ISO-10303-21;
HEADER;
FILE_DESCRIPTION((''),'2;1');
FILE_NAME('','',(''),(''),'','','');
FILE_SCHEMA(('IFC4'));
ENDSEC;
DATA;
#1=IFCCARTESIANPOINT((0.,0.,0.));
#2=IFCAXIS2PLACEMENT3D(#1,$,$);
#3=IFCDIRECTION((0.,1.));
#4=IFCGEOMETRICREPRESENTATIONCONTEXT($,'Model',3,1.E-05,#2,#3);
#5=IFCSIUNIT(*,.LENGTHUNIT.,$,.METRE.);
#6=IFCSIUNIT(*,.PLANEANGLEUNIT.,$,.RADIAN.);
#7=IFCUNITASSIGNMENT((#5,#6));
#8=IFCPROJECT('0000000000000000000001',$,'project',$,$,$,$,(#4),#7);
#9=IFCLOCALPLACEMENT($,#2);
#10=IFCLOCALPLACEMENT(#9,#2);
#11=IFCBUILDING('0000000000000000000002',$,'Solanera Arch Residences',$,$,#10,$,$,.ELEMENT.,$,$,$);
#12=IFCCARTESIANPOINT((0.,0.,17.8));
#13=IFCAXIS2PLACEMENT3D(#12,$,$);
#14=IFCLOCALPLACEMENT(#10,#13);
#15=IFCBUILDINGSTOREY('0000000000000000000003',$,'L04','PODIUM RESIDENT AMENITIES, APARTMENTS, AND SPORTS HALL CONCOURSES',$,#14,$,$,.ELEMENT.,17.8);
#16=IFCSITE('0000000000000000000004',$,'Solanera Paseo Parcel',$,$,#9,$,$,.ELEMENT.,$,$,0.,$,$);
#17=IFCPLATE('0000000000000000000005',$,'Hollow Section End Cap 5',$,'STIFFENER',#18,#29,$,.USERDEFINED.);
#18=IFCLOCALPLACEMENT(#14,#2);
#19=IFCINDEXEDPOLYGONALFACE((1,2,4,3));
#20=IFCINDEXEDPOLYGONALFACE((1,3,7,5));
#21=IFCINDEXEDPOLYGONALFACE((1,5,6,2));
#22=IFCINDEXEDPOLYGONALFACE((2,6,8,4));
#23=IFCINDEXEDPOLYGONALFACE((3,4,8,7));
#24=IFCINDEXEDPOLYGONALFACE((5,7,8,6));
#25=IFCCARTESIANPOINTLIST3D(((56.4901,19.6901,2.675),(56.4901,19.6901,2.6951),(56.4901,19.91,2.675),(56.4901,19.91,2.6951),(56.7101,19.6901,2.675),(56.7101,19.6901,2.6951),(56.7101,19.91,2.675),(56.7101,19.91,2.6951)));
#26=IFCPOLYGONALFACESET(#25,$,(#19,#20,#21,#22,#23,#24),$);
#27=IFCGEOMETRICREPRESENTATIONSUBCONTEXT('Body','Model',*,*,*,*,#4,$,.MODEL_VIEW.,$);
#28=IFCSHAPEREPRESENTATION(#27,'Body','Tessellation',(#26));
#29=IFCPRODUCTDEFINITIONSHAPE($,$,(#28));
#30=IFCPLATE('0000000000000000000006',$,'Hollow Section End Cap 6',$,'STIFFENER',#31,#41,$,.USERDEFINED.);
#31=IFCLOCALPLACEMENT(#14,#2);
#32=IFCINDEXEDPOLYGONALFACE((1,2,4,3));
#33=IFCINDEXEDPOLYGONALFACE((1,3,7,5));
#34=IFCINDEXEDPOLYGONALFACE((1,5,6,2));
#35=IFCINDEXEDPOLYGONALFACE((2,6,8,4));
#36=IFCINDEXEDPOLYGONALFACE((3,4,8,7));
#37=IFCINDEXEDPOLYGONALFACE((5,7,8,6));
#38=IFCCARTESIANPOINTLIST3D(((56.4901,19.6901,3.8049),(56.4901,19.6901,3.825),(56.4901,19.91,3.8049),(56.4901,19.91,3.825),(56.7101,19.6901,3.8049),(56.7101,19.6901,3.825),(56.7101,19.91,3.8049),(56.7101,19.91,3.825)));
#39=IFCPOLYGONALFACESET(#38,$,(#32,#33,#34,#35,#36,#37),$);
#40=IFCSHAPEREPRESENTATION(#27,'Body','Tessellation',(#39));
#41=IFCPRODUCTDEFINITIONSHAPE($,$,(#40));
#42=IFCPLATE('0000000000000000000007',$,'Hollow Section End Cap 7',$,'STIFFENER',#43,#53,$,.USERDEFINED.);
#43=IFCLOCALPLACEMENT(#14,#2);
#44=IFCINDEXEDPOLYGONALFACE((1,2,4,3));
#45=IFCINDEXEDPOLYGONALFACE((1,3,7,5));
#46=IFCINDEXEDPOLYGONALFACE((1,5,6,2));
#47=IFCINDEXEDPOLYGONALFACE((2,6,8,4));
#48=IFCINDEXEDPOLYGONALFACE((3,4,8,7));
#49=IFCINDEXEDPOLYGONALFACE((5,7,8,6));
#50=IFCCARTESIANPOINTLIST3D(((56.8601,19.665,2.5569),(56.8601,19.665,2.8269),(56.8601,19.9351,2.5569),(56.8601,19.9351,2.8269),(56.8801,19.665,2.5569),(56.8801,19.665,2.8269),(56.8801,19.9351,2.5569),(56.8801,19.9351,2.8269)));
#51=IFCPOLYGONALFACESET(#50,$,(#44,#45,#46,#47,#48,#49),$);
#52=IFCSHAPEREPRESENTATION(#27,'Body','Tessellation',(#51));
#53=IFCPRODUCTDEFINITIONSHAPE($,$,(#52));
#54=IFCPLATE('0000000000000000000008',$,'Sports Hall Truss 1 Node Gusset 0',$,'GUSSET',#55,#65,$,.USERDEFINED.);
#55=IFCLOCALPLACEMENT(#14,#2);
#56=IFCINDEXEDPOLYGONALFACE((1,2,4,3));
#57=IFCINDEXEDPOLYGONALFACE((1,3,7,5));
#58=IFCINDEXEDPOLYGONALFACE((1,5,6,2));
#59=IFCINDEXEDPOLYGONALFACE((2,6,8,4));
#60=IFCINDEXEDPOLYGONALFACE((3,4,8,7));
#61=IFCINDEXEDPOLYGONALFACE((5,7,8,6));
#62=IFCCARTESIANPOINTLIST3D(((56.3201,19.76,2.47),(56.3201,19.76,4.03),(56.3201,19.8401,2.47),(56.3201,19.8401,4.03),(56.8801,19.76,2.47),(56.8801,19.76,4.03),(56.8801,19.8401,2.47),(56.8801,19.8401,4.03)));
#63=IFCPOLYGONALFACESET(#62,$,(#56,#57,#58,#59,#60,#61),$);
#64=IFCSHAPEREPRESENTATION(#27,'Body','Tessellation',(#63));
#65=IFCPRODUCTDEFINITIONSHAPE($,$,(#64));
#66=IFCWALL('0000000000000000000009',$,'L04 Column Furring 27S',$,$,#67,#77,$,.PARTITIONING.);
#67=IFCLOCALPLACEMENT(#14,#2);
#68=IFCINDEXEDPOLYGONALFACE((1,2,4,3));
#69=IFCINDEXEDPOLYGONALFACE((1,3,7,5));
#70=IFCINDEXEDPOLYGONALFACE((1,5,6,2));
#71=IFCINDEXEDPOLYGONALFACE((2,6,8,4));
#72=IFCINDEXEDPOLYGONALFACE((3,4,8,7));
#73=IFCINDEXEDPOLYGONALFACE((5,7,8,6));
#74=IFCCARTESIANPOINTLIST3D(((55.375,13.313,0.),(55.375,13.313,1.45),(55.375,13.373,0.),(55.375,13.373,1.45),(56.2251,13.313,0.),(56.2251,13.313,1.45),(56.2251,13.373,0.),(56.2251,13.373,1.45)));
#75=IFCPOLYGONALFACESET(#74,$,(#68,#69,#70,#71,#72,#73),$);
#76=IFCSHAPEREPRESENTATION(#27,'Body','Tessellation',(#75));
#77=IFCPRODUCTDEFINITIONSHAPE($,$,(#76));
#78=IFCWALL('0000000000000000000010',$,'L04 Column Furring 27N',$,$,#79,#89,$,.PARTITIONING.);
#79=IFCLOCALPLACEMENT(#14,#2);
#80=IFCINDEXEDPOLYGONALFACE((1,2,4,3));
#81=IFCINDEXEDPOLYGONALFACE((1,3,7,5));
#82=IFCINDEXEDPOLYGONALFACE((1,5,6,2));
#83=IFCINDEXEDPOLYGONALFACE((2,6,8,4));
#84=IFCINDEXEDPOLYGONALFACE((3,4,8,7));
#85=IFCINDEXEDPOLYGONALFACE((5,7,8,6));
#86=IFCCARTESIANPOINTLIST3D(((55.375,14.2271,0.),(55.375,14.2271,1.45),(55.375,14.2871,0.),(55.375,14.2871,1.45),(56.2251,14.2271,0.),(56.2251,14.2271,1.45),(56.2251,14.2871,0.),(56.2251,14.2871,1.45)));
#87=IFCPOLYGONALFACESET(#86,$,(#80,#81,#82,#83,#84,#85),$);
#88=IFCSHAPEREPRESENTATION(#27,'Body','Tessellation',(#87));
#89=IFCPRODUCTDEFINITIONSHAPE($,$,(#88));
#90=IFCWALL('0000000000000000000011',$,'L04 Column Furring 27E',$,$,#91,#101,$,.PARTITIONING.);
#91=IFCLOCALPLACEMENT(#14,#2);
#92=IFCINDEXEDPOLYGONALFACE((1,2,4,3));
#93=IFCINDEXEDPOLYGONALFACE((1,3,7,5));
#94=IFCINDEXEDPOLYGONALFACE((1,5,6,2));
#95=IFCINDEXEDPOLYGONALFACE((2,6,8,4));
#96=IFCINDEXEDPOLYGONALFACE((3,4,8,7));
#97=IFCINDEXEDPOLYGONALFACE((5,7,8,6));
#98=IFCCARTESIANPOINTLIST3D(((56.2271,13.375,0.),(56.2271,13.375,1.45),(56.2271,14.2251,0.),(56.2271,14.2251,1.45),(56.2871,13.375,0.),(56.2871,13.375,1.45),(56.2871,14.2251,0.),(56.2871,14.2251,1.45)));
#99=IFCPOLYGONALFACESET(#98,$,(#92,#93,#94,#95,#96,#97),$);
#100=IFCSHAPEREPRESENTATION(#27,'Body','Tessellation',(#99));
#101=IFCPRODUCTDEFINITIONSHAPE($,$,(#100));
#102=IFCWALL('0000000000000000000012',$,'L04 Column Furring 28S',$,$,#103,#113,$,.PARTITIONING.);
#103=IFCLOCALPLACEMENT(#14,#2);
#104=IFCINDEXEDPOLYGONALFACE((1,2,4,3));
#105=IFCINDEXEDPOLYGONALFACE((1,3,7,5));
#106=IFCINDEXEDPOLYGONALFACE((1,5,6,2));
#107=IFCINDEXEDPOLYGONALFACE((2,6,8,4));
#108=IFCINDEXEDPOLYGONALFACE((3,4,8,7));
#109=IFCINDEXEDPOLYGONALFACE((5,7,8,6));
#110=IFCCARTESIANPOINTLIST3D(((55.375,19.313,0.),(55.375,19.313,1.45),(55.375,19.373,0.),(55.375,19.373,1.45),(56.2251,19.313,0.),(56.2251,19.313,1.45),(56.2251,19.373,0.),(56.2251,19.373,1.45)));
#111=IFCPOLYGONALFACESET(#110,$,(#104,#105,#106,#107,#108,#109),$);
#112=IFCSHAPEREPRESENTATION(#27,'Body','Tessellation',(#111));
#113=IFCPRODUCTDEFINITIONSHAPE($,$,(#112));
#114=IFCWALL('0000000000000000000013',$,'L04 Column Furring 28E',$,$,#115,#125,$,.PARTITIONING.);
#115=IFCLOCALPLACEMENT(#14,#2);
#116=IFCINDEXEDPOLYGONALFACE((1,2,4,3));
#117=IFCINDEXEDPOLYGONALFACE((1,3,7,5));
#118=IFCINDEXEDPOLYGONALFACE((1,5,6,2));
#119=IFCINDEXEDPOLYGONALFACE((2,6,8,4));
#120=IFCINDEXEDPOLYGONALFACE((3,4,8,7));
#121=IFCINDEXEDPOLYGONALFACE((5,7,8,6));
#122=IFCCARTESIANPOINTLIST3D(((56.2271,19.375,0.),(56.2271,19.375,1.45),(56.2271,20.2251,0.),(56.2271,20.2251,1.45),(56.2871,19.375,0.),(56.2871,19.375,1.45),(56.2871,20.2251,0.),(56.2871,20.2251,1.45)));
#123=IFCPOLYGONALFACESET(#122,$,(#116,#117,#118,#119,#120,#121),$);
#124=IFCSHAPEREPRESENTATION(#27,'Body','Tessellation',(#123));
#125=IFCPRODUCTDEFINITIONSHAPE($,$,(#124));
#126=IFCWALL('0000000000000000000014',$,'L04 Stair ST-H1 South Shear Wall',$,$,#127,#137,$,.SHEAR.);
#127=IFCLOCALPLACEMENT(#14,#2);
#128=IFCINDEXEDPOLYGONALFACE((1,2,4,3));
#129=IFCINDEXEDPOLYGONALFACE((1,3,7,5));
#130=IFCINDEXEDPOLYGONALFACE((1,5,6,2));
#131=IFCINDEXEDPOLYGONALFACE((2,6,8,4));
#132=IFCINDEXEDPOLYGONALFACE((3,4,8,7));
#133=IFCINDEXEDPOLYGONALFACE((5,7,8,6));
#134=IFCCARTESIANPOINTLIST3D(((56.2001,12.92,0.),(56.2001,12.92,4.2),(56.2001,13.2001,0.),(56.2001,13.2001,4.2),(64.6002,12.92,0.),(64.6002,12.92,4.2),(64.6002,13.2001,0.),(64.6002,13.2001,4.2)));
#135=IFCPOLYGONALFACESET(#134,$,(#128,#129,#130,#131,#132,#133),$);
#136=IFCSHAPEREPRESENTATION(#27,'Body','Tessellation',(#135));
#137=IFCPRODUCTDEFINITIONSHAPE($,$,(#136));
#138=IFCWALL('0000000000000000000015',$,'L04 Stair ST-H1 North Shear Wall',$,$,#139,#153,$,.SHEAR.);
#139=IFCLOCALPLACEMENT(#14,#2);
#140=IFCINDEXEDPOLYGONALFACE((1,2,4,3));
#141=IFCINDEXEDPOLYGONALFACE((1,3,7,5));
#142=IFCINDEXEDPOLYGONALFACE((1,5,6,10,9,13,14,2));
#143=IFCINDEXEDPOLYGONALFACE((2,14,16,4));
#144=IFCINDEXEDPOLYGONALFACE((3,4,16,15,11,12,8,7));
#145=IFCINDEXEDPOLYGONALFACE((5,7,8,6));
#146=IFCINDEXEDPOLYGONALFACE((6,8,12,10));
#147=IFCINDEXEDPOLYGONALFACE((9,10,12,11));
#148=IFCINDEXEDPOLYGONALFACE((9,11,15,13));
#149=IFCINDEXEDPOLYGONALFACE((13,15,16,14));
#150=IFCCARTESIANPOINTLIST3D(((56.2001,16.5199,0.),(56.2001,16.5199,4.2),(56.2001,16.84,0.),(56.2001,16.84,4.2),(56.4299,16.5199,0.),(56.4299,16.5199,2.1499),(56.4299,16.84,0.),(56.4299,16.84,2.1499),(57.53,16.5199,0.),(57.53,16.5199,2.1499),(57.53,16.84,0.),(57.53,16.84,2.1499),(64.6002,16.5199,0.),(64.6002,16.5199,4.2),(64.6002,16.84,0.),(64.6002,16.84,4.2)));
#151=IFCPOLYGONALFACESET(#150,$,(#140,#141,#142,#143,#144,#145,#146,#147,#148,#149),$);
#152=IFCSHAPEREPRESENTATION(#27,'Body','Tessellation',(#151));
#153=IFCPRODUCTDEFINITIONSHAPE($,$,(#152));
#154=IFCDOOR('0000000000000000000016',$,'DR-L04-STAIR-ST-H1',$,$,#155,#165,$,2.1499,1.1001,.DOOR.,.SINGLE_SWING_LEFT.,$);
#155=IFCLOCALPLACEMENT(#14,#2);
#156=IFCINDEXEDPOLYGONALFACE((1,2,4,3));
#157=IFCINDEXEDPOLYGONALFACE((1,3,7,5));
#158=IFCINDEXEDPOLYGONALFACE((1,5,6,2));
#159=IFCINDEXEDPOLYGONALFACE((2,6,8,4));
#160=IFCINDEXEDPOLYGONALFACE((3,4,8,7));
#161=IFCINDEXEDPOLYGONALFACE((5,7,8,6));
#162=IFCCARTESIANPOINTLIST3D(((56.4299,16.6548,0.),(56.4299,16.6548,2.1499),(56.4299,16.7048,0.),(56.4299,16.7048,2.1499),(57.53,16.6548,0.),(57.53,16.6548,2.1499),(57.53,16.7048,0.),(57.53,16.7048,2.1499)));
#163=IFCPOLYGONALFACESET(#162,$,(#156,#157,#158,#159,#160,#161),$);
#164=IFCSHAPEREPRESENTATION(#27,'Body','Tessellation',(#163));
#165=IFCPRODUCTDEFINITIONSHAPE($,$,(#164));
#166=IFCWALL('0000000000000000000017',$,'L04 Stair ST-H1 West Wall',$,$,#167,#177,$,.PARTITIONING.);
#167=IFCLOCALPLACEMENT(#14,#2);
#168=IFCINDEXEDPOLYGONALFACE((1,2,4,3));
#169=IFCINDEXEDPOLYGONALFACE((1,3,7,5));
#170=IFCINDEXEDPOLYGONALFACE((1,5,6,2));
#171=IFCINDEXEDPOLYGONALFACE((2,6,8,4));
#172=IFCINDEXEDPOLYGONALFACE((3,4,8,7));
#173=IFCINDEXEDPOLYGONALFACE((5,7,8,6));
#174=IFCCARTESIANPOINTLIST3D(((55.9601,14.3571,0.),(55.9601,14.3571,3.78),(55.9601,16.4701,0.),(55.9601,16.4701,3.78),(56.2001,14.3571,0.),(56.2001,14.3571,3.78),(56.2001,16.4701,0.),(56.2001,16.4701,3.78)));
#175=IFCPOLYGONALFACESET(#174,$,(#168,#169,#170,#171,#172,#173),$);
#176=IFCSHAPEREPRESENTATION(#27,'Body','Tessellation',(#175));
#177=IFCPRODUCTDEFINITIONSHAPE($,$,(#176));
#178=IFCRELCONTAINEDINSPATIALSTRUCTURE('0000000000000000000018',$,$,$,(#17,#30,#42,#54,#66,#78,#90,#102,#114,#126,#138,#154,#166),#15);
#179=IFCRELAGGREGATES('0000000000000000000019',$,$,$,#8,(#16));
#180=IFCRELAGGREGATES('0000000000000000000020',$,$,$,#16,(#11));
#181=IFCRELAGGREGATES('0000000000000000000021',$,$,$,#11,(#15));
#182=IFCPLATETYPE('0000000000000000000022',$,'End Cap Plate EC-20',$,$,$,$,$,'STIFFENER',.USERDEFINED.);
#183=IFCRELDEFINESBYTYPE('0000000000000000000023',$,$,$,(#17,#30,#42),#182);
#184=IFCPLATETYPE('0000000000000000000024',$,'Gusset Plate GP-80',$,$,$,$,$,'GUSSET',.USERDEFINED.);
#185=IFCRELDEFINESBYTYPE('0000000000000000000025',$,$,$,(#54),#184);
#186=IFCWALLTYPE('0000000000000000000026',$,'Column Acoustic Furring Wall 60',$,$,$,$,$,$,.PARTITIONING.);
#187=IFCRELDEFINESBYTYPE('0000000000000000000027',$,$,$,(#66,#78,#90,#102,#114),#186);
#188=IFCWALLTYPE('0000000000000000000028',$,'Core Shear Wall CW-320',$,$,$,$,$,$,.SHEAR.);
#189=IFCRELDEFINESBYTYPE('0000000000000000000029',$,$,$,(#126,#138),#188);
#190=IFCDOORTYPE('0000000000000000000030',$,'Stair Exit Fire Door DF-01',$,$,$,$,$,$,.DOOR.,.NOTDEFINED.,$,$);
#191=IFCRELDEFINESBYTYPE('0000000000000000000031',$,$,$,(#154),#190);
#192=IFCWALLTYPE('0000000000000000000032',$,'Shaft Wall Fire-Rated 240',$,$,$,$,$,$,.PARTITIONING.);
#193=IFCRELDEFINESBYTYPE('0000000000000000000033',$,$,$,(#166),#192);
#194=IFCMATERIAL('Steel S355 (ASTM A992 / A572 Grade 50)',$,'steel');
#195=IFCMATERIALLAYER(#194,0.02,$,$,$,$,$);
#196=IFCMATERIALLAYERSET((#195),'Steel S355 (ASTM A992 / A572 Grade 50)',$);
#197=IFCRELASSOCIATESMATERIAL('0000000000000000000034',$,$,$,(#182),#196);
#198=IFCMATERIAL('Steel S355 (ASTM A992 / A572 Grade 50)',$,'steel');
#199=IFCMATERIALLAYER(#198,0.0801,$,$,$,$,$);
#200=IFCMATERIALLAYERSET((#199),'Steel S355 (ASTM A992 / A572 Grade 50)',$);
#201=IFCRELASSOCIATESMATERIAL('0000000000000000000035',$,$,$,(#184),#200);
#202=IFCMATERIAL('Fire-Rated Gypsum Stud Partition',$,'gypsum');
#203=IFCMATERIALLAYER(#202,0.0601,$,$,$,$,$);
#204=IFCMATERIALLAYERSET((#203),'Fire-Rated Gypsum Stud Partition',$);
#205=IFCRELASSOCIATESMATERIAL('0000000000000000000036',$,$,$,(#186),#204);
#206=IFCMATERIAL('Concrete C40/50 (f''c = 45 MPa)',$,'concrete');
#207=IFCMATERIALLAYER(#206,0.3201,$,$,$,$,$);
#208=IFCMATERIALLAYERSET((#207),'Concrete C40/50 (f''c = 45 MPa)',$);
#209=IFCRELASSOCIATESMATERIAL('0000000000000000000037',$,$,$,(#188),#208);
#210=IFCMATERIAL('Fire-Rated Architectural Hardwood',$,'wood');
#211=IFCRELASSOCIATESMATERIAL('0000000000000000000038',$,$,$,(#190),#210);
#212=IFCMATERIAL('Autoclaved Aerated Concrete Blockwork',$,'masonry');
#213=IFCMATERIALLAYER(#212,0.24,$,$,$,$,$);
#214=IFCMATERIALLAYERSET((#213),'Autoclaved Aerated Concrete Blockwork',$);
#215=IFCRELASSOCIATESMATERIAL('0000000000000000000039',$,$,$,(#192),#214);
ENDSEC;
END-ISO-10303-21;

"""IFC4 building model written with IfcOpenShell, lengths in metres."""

from ifc_helpers import new_model, si_unit, direction, frame, frame_2d, origin, origin_2d, place, context, subcontext, project, spatial, rectangle, extrude, material, layer, layer_set, type_object, element, fill, save


model = new_model("IFC4")

# Units and contexts
model_context = context("Model", 3, precision=1e-05, world=origin(), true_north=direction((0.0, 1.0)))
body_context = subcontext(model_context, "Body", "Model", "MODEL_VIEW")
ifc_project = project(units=[si_unit("LENGTHUNIT", "METRE"), si_unit("PLANEANGLEUNIT", "RADIAN")], contexts=[model_context])

# Site, building, storey
site_placement = place(None, origin())
site = spatial("IfcSite", under=ifc_project, at=site_placement, Name="Solanera Paseo Parcel", CompositionType="ELEMENT", RefElevation=0.0)
building_placement = place(site_placement, origin())
building = spatial("IfcBuilding", under=site, at=building_placement, Name="Solanera Arch Residences", CompositionType="ELEMENT")
storey_placement = place(building_placement, frame((0.0, 0.0, 17.8)))
storey = spatial("IfcBuildingStorey", under=building, at=storey_placement, Name="L04", Description="PODIUM RESIDENT AMENITIES, APARTMENTS, AND SPORTS HALL CONCOURSES", CompositionType="ELEMENT", Elevation=17.8)

# Plates
ifc_material_1 = material(Name="Steel S355 (ASTM A992 / A572 Grade 50)", Category="steel")
ifc_layer_1 = layer(ifc_material_1, 0.02)
ifc_layer_set_1 = layer_set([ifc_layer_1], Name="Steel S355 (ASTM A992 / A572 Grade 50)")
plate_type_1 = type_object("IfcPlateType", Name="End Cap Plate EC-20", ElementType="STIFFENER", PredefinedType="USERDEFINED", material=ifc_layer_set_1)
for number, where, z_axis, x_axis, name in (
    (1, (56.6001, 19.8, 2.675), (0.0, 0.0, 1.0), (1.0, 0.0, 0.0), "Hollow Section End Cap 5"),
    (2, (56.6001, 19.8, 3.8049), (0.0, 0.0, 1.0), (1.0, 0.0, 0.0), "Hollow Section End Cap 6"),
):
    element("IfcPlate", number, at=place(storey_placement, frame(where, z_axis=z_axis, x_axis=x_axis)), inside=storey, type_object=plate_type_1, Name=name, ObjectType="STIFFENER", PredefinedType="USERDEFINED", context=body_context, shape_type="SweptSolid", body=[
        extrude(rectangle(XDim=0.22, YDim=0.22, at=origin_2d()), origin(), (0.0, 0.0, 1.0), 0.02),
    ])
plate_1_placement = place(storey_placement, frame((56.8701, 19.8, 2.5569), z_axis=(0.0, 0.0, 1.0), x_axis=(-1.0, 0.0, 0.0)))
element("IfcPlate", 3, at=plate_1_placement, inside=storey, type_object=plate_type_1, Name="Hollow Section End Cap 7", ObjectType="STIFFENER", PredefinedType="USERDEFINED", context=body_context, shape_type="SweptSolid", body=[
    extrude(rectangle(XDim=0.02, YDim=0.27, at=origin_2d()), origin(), (0.0, 0.0, 1.0), 0.27),
])
ifc_material_2 = material(Name="Steel S355 (ASTM A992 / A572 Grade 50)", Category="steel")
ifc_layer_2 = layer(ifc_material_2, 0.0801)
ifc_layer_set_2 = layer_set([ifc_layer_2], Name="Steel S355 (ASTM A992 / A572 Grade 50)")
plate_type_2 = type_object("IfcPlateType", Name="Gusset Plate GP-80", ElementType="GUSSET", PredefinedType="USERDEFINED", material=ifc_layer_set_2)
plate_2_placement = place(storey_placement, frame((56.6001, 19.8, 2.47), z_axis=(0.0, 0.0, 1.0), x_axis=(1.0, 0.0, 0.0)))
element("IfcPlate", 4, at=plate_2_placement, inside=storey, type_object=plate_type_2, Name="Sports Hall Truss 1 Node Gusset 0", ObjectType="GUSSET", PredefinedType="USERDEFINED", context=body_context, shape_type="SweptSolid", body=[
    extrude(rectangle(XDim=0.5601, YDim=0.0801, at=origin_2d()), origin(), (0.0, 0.0, 1.0), 1.5601),
])

# Walls
ifc_material_3 = material(Name="Fire-Rated Gypsum Stud Partition", Category="gypsum")
ifc_layer_3 = layer(ifc_material_3, 0.0601)
ifc_layer_set_3 = layer_set([ifc_layer_3], Name="Fire-Rated Gypsum Stud Partition")
wall_type_1 = type_object("IfcWallType", Name="Column Acoustic Furring Wall 60", PredefinedType="PARTITIONING", material=ifc_layer_set_3)
for number, where, z_axis, x_axis, name in (
    (5, (55.375, 13.343, 0.0), (0.0, 0.0, 1.0), (1.0, 0.0, 0.0), "L04 Column Furring 27S"),
    (6, (55.375, 14.2571, 0.0), (0.0, 0.0, 1.0), (1.0, 0.0, 0.0), "L04 Column Furring 27N"),
    (7, (56.2571, 13.375, 0.0), (0.0, 0.0, 1.0), (0.0, 1.0, 0.0), "L04 Column Furring 27E"),
    (8, (55.375, 19.343, 0.0), (0.0, 0.0, 1.0), (1.0, 0.0, 0.0), "L04 Column Furring 28S"),
    (9, (56.2571, 19.375, 0.0), (0.0, 0.0, 1.0), (0.0, 1.0, 0.0), "L04 Column Furring 28E"),
):
    element("IfcWall", number, at=place(storey_placement, frame(where, z_axis=z_axis, x_axis=x_axis)), inside=storey, type_object=wall_type_1, Name=name, PredefinedType="PARTITIONING", context=body_context, shape_type="SweptSolid", body=[
        extrude(rectangle(XDim=0.8501, YDim=0.0601, at=frame_2d((0.425, 0.0))), origin(), (0.0, 0.0, 1.0), 1.45),
    ])
ifc_material_4 = material(Name="Concrete C40/50 (f'c = 45 MPa)", Category="concrete")
ifc_layer_4 = layer(ifc_material_4, 0.3201)
ifc_layer_set_4 = layer_set([ifc_layer_4], Name="Concrete C40/50 (f'c = 45 MPa)")
wall_type_2 = type_object("IfcWallType", Name="Core Shear Wall CW-320", PredefinedType="SHEAR", material=ifc_layer_set_4)
wall_1_placement = place(storey_placement, frame((56.2, 13.0601, 0.0), z_axis=(0.0, 0.0, 1.0), x_axis=(1.0, 0.0, 0.0)))
element("IfcWall", 10, at=wall_1_placement, inside=storey, type_object=wall_type_2, Name="L04 Stair ST-H1 South Shear Wall", PredefinedType="SHEAR", context=body_context, shape_type="SweptSolid", body=[
    extrude(rectangle(XDim=8.4001, YDim=0.28, at=frame_2d((4.2002, 0.0))), origin(), (0.0, 0.0, 1.0), 4.2),
])

# Wall, opening, door
wall_2_placement = place(storey_placement, frame((56.2, 16.6799, 0.0), z_axis=(0.0, 0.0, 1.0), x_axis=(1.0, 0.0, 0.0)))
wall_2 = element("IfcWall", 11, at=wall_2_placement, inside=storey, type_object=wall_type_2, Name="L04 Stair ST-H1 North Shear Wall", PredefinedType="SHEAR", context=body_context, shape_type="SweptSolid", body=[
    extrude(rectangle(XDim=8.4001, YDim=0.3201, at=frame_2d((4.2002, 0.0))), origin(), (0.0, 0.0, 1.0), 4.2),
])
opening_placement = place(wall_2_placement, frame((0.23, 0.0, 0.0)))
opening = element("IfcOpeningElement", 12, at=opening_placement, cuts=wall_2, PredefinedType="OPENING", context=body_context, shape_type="SweptSolid", body=[
    extrude(rectangle(XDim=1.1001, YDim=2.1499, at=frame_2d((0.55, 1.075))), frame((0.0, 0.1699, 0.0), z_axis=(0.0, -1.0, 0.0), x_axis=(1.0, 0.0, 0.0)), (0.0, 0.0, 1.0), 0.3401),
])
ifc_material_5 = material(Name="Fire-Rated Architectural Hardwood", Category="wood")
door_type = type_object("IfcDoorType", Name="Stair Exit Fire Door DF-01", OperationType="NOTDEFINED", PredefinedType="DOOR", material=ifc_material_5)
door_placement = place(opening_placement, origin())
door = element("IfcDoor", 13, at=door_placement, inside=storey, type_object=door_type, Name="DR-L04-STAIR-ST-H1", OperationType="SINGLE_SWING_LEFT", OverallHeight=2.1499, OverallWidth=1.1001, PredefinedType="DOOR", context=body_context, shape_type="SweptSolid", body=[
    extrude(rectangle(XDim=1.1001, YDim=2.1499, at=frame_2d((0.55, 1.075))), frame((0.0, 0.0249, 0.0), z_axis=(0.0, -1.0, 0.0), x_axis=(1.0, 0.0, 0.0)), (0.0, 0.0, 1.0), 0.05),
])
fill(opening, door)

# Wall
ifc_material_6 = material(Name="Autoclaved Aerated Concrete Blockwork", Category="masonry")
ifc_layer_5 = layer(ifc_material_6, 0.24)
ifc_layer_set_5 = layer_set([ifc_layer_5], Name="Autoclaved Aerated Concrete Blockwork")
wall_type_3 = type_object("IfcWallType", Name="Shaft Wall Fire-Rated 240", PredefinedType="PARTITIONING", material=ifc_layer_set_5)
wall_3_placement = place(storey_placement, frame((56.0801, 14.3569, 0.0), z_axis=(0.0, 0.0, 1.0), x_axis=(0.0, 1.0, 0.0)))
element("IfcWall", 14, at=wall_3_placement, inside=storey, type_object=wall_type_3, Name="L04 Stair ST-H1 West Wall", PredefinedType="PARTITIONING", context=body_context, shape_type="SweptSolid", body=[
    extrude(rectangle(XDim=2.113, YDim=0.24, at=frame_2d((1.0566, 0.0))), origin(), (0.0, 0.0, 1.0), 3.78),
])

save(model, "model.ifc")
